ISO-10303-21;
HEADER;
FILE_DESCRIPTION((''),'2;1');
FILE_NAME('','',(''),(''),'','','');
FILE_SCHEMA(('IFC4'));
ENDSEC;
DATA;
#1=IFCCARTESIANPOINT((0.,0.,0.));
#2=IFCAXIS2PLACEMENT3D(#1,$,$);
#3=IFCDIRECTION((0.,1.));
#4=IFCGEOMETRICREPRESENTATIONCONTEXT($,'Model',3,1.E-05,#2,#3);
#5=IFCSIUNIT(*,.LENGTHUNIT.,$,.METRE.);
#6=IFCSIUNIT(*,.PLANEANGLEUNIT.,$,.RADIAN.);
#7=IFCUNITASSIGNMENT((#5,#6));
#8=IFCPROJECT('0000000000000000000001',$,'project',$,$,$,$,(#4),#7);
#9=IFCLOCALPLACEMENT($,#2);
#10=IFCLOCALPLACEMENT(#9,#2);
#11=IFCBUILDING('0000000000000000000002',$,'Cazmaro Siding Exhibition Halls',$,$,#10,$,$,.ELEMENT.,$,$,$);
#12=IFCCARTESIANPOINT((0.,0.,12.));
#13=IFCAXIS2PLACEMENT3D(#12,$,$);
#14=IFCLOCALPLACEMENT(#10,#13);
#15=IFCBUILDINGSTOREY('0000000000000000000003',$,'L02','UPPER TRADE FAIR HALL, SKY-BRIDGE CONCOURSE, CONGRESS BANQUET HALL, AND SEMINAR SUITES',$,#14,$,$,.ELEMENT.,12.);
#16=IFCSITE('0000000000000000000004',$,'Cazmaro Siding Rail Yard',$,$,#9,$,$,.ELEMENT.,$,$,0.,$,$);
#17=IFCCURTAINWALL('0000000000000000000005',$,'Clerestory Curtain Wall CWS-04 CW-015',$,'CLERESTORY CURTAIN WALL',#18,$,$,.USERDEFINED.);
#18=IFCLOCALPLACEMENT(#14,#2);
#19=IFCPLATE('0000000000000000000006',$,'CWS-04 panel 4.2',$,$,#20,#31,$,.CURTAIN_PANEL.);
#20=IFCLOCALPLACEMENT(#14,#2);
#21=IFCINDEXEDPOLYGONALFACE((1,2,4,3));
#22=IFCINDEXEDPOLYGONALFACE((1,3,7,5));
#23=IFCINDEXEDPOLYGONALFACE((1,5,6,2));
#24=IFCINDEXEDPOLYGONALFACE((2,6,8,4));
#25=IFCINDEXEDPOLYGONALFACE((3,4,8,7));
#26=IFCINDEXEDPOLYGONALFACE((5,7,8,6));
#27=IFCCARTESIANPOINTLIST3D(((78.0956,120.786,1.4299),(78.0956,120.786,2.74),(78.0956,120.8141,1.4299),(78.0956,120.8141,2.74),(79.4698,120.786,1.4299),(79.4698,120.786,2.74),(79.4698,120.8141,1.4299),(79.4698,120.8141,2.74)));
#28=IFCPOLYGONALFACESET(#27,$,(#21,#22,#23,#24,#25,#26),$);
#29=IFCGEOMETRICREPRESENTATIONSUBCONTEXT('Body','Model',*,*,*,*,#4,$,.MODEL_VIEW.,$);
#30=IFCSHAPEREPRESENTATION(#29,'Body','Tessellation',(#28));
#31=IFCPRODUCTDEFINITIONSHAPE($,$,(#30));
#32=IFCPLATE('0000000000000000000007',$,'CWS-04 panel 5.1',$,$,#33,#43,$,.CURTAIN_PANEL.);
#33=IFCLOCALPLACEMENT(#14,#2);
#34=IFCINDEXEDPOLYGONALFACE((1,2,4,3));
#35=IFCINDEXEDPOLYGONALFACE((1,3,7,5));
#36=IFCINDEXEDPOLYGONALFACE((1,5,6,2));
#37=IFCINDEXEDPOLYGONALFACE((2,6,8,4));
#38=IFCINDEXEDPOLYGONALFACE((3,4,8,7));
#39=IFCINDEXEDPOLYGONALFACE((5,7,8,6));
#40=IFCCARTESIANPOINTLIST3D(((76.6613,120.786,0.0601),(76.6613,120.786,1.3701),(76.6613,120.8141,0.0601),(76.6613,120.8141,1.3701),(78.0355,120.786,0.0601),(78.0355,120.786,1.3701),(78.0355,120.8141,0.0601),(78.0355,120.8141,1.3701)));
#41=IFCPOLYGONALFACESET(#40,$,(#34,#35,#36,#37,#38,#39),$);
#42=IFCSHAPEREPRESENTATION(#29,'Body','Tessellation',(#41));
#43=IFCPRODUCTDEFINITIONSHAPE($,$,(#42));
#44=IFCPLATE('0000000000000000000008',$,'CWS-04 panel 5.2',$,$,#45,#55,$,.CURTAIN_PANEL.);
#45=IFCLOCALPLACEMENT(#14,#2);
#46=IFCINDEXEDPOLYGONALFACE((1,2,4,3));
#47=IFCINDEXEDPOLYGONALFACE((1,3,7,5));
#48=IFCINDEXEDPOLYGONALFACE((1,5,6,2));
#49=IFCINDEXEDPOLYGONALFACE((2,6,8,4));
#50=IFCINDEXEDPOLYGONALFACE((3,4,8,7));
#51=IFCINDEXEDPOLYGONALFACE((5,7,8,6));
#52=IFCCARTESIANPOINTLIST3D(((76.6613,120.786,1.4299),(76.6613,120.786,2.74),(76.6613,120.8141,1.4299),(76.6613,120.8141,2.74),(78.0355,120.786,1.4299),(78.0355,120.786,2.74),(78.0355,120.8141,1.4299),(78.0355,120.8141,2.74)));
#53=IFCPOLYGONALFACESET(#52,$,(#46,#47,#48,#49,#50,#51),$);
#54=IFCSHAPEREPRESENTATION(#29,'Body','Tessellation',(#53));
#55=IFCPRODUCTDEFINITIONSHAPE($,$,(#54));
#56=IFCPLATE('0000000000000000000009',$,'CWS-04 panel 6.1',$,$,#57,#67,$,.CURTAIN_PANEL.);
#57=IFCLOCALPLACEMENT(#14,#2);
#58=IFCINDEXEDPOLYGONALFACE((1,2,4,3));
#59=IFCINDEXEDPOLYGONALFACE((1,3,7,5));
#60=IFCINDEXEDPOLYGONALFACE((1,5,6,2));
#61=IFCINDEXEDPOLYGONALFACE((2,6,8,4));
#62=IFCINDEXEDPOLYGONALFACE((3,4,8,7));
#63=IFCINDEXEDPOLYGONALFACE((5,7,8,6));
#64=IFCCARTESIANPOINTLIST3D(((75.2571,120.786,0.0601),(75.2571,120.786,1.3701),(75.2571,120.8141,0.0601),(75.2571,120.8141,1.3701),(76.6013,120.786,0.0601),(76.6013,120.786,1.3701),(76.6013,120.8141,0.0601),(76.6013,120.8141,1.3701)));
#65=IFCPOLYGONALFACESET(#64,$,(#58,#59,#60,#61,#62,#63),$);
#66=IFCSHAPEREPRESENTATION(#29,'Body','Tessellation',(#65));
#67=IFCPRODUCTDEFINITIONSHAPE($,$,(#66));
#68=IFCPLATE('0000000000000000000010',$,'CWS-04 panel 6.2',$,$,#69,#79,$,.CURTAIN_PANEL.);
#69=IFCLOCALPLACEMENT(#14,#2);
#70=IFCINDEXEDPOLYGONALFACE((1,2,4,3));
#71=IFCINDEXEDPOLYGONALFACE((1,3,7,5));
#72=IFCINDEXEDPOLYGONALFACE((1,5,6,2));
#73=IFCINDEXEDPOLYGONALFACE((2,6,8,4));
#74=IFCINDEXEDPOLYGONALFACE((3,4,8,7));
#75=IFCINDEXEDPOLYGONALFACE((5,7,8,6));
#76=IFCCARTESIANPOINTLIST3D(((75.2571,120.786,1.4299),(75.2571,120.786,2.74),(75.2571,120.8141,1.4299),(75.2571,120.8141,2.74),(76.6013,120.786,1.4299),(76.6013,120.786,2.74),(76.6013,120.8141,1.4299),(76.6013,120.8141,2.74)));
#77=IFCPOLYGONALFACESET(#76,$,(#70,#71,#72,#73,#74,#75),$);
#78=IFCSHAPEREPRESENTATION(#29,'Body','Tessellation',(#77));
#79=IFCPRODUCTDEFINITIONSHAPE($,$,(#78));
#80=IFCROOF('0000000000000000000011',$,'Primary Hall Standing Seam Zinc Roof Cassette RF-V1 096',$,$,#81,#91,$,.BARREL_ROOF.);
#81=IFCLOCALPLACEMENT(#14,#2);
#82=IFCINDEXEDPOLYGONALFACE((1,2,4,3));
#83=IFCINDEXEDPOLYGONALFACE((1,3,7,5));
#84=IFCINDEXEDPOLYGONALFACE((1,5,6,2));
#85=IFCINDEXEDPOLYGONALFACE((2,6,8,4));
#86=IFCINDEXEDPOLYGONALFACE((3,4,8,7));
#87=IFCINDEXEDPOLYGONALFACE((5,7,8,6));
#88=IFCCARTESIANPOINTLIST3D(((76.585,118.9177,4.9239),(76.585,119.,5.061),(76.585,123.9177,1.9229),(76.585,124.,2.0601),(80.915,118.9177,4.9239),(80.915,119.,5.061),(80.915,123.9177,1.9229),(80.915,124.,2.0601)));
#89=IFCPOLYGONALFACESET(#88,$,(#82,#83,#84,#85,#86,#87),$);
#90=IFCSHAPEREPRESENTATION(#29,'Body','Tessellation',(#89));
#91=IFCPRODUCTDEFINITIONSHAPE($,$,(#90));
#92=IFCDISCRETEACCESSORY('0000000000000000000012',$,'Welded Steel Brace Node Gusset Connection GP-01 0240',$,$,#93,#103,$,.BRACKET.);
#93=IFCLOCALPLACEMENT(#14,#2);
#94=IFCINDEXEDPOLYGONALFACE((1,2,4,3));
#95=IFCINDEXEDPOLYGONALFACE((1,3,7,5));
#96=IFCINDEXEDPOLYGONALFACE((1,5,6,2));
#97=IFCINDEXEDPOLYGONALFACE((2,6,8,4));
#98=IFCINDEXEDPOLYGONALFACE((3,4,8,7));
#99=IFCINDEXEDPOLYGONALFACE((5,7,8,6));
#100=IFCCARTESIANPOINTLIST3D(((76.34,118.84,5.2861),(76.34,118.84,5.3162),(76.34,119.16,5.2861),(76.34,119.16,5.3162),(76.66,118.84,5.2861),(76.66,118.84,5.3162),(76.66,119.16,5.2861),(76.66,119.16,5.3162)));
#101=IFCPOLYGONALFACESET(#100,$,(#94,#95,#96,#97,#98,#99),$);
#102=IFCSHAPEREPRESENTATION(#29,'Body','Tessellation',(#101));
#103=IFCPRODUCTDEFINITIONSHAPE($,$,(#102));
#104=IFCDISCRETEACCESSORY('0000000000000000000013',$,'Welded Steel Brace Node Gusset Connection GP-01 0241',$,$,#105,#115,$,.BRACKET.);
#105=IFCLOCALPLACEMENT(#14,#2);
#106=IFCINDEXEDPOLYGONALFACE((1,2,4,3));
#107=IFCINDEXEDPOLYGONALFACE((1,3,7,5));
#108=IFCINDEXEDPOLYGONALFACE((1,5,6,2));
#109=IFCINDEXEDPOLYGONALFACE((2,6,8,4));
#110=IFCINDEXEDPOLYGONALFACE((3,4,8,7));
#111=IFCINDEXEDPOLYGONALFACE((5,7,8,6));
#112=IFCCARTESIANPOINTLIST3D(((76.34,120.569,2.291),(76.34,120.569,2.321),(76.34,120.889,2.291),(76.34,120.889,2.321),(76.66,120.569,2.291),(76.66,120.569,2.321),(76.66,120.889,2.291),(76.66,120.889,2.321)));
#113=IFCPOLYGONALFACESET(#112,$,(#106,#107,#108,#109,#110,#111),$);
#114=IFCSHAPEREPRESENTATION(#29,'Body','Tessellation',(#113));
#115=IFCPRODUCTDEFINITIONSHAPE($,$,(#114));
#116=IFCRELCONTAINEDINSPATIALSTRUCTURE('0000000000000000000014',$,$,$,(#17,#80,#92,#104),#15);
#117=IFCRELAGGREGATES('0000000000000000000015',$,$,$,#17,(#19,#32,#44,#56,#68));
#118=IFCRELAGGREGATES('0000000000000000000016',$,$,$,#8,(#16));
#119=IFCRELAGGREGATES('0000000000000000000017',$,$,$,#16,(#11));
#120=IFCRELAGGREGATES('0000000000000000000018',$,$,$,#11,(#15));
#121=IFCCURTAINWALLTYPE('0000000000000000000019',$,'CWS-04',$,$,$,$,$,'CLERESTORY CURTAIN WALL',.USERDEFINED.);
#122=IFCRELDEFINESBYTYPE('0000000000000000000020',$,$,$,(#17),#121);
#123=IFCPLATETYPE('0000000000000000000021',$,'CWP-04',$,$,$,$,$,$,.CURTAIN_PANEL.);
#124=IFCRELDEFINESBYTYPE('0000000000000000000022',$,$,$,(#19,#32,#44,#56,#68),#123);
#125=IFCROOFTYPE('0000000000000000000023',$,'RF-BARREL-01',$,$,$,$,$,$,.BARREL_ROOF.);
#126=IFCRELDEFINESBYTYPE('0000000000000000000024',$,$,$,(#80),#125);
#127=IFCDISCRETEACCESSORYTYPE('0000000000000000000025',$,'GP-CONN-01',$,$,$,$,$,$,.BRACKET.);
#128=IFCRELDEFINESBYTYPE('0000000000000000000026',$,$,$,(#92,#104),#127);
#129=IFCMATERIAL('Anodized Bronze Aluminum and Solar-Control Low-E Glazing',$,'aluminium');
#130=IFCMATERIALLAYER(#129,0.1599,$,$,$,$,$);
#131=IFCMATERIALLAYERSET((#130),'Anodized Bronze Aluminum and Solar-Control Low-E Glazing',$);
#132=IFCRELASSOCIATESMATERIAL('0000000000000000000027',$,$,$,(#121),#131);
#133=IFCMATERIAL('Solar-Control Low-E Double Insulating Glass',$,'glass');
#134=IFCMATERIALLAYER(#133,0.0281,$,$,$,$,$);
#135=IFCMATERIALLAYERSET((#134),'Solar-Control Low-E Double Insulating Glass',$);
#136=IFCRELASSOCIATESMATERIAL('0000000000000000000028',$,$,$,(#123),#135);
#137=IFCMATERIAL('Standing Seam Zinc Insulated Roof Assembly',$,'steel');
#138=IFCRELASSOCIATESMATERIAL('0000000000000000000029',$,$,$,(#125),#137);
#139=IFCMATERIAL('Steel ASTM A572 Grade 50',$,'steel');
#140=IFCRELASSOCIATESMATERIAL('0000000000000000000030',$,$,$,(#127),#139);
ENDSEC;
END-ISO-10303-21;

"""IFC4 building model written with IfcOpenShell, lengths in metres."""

from ifc_helpers import new_model, si_unit, direction, frame, origin, origin_2d, place, context, subcontext, project, spatial, polyline, rectangle, outline, extrude, material, layer, layer_set, type_object, element, aggregate, save


model = new_model("IFC4")

# Units and contexts
model_context = context("Model", 3, precision=1e-05, world=origin(), true_north=direction((0.0, 1.0)))
body_context = subcontext(model_context, "Body", "Model", "MODEL_VIEW")
ifc_project = project(units=[si_unit("LENGTHUNIT", "METRE"), si_unit("PLANEANGLEUNIT", "RADIAN")], contexts=[model_context])

# Site, building, storey
site_placement = place(None, origin())
site = spatial("IfcSite", under=ifc_project, at=site_placement, Name="Cazmaro Siding Rail Yard", CompositionType="ELEMENT", RefElevation=0.0)
building_placement = place(site_placement, origin())
building = spatial("IfcBuilding", under=site, at=building_placement, Name="Cazmaro Siding Exhibition Halls", CompositionType="ELEMENT")
storey_placement = place(building_placement, frame((0.0, 0.0, 12.0)))
storey = spatial("IfcBuildingStorey", under=building, at=storey_placement, Name="L02", Description="UPPER TRADE FAIR HALL, SKY-BRIDGE CONCOURSE, CONGRESS BANQUET HALL, AND SEMINAR SUITES", CompositionType="ELEMENT", Elevation=12.0)

# Curtain wall
ifc_material_1 = material(Name="Anodized Bronze Aluminum and Solar-Control Low-E Glazing", Category="aluminium")
ifc_layer_1 = layer(ifc_material_1, 0.1599)
ifc_layer_set_1 = layer_set([ifc_layer_1], Name="Anodized Bronze Aluminum and Solar-Control Low-E Glazing")
curtain_wall_type = type_object("IfcCurtainWallType", Name="CWS-04", ElementType="CLERESTORY CURTAIN WALL", PredefinedType="USERDEFINED", material=ifc_layer_set_1)
curtain_wall_placement = place(storey_placement, origin())
curtain_wall = element("IfcCurtainWall", 1, at=curtain_wall_placement, inside=storey, type_object=curtain_wall_type, Name="Clerestory Curtain Wall CWS-04 CW-015", ObjectType="CLERESTORY CURTAIN WALL", PredefinedType="USERDEFINED")

# Plates
ifc_material_2 = material(Name="Solar-Control Low-E Double Insulating Glass", Category="glass")
ifc_layer_2 = layer(ifc_material_2, 0.0281)
ifc_layer_set_2 = layer_set([ifc_layer_2], Name="Solar-Control Low-E Double Insulating Glass")
plate_type_1 = type_object("IfcPlateType", Name="CWP-04", PredefinedType="CURTAIN_PANEL", material=ifc_layer_set_2)
plate_1_placement = place(storey_placement, frame((78.7827, 120.8, 1.4299), z_axis=(0.0, 0.0, 1.0), x_axis=(-1.0, 0.0, 0.0)))
plate_1 = element("IfcPlate", 2, at=plate_1_placement, type_object=plate_type_1, Name="CWS-04 panel 4.2", PredefinedType="CURTAIN_PANEL", context=body_context, shape_type="SweptSolid", body=[
    extrude(rectangle(XDim=1.3743, YDim=0.0281, at=origin_2d()), origin(), (0.0, 0.0, 1.0), 1.3101),
])
plate_2_placement = place(storey_placement, frame((77.3484, 120.8, 0.0601), z_axis=(0.0, 0.0, 1.0), x_axis=(-1.0, 0.0, 0.0)))
plate_2 = element("IfcPlate", 3, at=plate_2_placement, type_object=plate_type_1, Name="CWS-04 panel 5.1", PredefinedType="CURTAIN_PANEL", context=body_context, shape_type="SweptSolid", body=[
    extrude(rectangle(XDim=1.3743, YDim=0.0281, at=origin_2d()), origin(), (0.0, 0.0, 1.0), 1.3101),
])
plate_3_placement = place(storey_placement, frame((77.3484, 120.8, 1.4299), z_axis=(0.0, 0.0, 1.0), x_axis=(-1.0, 0.0, 0.0)))
plate_3 = element("IfcPlate", 4, at=plate_3_placement, type_object=plate_type_1, Name="CWS-04 panel 5.2", PredefinedType="CURTAIN_PANEL", context=body_context, shape_type="SweptSolid", body=[
    extrude(rectangle(XDim=1.3743, YDim=0.0281, at=origin_2d()), origin(), (0.0, 0.0, 1.0), 1.3101),
])
plate_4_placement = place(storey_placement, frame((75.9292, 120.8, 0.0601), z_axis=(0.0, 0.0, 1.0), x_axis=(-1.0, 0.0, 0.0)))
plate_4 = element("IfcPlate", 5, at=plate_4_placement, type_object=plate_type_1, Name="CWS-04 panel 6.1", PredefinedType="CURTAIN_PANEL", context=body_context, shape_type="SweptSolid", body=[
    extrude(rectangle(XDim=1.3442, YDim=0.0281, at=origin_2d()), origin(), (0.0, 0.0, 1.0), 1.3101),
])
plate_5_placement = place(storey_placement, frame((75.9292, 120.8, 1.4299), z_axis=(0.0, 0.0, 1.0), x_axis=(-1.0, 0.0, 0.0)))
plate_5 = element("IfcPlate", 6, at=plate_5_placement, type_object=plate_type_1, Name="CWS-04 panel 6.2", PredefinedType="CURTAIN_PANEL", context=body_context, shape_type="SweptSolid", body=[
    extrude(rectangle(XDim=1.3442, YDim=0.0281, at=origin_2d()), origin(), (0.0, 0.0, 1.0), 1.3101),
])
aggregate(curtain_wall, [plate_1, plate_2, plate_3, plate_4, plate_5])

# Roof
ifc_material_3 = material(Name="Standing Seam Zinc Insulated Roof Assembly", Category="steel")
roof_type = type_object("IfcRoofType", Name="RF-BARREL-01", PredefinedType="BARREL_ROOF", material=ifc_material_3)
roof_placement = place(storey_placement, frame((76.585, 119.0, 5.061), z_axis=(0.0, 0.514619, 0.857419), x_axis=(1.0, 0.0, 0.0)))
element("IfcRoof", 7, at=roof_placement, inside=storey, type_object=roof_type, Name="Primary Hall Standing Seam Zinc Roof Cassette RF-V1 096", PredefinedType="BARREL_ROOF", context=body_context, shape_type="SweptSolid", body=[
    extrude(outline(polyline([(0.0, 0.0), (4.3301, 0.0), (4.3301, 5.8315), (0.0, 5.8315), (0.0, 0.0)])), origin(), (0.0, 0.0, -1.0), 0.1599),
])

# Discrete accessories
ifc_material_4 = material(Name="Steel ASTM A572 Grade 50", Category="steel")
discrete_accessory_type = type_object("IfcDiscreteAccessoryType", Name="GP-CONN-01", PredefinedType="BRACKET", material=ifc_material_4)
for number, where, z_axis, x_axis, name in (
    (8, (76.5, 119.0, 5.2861), (0.0, 0.0, 1.0), (1.0, 0.0, 0.0), "Welded Steel Brace Node Gusset Connection GP-01 0240"),
    (9, (76.5, 120.729, 2.291), (0.0, 0.0, 1.0), (1.0, 0.0, 0.0), "Welded Steel Brace Node Gusset Connection GP-01 0241"),
):
    element("IfcDiscreteAccessory", number, at=place(storey_placement, frame(where, z_axis=z_axis, x_axis=x_axis)), inside=storey, type_object=discrete_accessory_type, Name=name, PredefinedType="BRACKET", context=body_context, shape_type="SweptSolid", body=[
        extrude(rectangle(XDim=0.3201, YDim=0.3201, at=origin_2d()), origin(), (0.0, 0.0, 1.0), 0.03),
    ])

save(model, "model.ifc")
